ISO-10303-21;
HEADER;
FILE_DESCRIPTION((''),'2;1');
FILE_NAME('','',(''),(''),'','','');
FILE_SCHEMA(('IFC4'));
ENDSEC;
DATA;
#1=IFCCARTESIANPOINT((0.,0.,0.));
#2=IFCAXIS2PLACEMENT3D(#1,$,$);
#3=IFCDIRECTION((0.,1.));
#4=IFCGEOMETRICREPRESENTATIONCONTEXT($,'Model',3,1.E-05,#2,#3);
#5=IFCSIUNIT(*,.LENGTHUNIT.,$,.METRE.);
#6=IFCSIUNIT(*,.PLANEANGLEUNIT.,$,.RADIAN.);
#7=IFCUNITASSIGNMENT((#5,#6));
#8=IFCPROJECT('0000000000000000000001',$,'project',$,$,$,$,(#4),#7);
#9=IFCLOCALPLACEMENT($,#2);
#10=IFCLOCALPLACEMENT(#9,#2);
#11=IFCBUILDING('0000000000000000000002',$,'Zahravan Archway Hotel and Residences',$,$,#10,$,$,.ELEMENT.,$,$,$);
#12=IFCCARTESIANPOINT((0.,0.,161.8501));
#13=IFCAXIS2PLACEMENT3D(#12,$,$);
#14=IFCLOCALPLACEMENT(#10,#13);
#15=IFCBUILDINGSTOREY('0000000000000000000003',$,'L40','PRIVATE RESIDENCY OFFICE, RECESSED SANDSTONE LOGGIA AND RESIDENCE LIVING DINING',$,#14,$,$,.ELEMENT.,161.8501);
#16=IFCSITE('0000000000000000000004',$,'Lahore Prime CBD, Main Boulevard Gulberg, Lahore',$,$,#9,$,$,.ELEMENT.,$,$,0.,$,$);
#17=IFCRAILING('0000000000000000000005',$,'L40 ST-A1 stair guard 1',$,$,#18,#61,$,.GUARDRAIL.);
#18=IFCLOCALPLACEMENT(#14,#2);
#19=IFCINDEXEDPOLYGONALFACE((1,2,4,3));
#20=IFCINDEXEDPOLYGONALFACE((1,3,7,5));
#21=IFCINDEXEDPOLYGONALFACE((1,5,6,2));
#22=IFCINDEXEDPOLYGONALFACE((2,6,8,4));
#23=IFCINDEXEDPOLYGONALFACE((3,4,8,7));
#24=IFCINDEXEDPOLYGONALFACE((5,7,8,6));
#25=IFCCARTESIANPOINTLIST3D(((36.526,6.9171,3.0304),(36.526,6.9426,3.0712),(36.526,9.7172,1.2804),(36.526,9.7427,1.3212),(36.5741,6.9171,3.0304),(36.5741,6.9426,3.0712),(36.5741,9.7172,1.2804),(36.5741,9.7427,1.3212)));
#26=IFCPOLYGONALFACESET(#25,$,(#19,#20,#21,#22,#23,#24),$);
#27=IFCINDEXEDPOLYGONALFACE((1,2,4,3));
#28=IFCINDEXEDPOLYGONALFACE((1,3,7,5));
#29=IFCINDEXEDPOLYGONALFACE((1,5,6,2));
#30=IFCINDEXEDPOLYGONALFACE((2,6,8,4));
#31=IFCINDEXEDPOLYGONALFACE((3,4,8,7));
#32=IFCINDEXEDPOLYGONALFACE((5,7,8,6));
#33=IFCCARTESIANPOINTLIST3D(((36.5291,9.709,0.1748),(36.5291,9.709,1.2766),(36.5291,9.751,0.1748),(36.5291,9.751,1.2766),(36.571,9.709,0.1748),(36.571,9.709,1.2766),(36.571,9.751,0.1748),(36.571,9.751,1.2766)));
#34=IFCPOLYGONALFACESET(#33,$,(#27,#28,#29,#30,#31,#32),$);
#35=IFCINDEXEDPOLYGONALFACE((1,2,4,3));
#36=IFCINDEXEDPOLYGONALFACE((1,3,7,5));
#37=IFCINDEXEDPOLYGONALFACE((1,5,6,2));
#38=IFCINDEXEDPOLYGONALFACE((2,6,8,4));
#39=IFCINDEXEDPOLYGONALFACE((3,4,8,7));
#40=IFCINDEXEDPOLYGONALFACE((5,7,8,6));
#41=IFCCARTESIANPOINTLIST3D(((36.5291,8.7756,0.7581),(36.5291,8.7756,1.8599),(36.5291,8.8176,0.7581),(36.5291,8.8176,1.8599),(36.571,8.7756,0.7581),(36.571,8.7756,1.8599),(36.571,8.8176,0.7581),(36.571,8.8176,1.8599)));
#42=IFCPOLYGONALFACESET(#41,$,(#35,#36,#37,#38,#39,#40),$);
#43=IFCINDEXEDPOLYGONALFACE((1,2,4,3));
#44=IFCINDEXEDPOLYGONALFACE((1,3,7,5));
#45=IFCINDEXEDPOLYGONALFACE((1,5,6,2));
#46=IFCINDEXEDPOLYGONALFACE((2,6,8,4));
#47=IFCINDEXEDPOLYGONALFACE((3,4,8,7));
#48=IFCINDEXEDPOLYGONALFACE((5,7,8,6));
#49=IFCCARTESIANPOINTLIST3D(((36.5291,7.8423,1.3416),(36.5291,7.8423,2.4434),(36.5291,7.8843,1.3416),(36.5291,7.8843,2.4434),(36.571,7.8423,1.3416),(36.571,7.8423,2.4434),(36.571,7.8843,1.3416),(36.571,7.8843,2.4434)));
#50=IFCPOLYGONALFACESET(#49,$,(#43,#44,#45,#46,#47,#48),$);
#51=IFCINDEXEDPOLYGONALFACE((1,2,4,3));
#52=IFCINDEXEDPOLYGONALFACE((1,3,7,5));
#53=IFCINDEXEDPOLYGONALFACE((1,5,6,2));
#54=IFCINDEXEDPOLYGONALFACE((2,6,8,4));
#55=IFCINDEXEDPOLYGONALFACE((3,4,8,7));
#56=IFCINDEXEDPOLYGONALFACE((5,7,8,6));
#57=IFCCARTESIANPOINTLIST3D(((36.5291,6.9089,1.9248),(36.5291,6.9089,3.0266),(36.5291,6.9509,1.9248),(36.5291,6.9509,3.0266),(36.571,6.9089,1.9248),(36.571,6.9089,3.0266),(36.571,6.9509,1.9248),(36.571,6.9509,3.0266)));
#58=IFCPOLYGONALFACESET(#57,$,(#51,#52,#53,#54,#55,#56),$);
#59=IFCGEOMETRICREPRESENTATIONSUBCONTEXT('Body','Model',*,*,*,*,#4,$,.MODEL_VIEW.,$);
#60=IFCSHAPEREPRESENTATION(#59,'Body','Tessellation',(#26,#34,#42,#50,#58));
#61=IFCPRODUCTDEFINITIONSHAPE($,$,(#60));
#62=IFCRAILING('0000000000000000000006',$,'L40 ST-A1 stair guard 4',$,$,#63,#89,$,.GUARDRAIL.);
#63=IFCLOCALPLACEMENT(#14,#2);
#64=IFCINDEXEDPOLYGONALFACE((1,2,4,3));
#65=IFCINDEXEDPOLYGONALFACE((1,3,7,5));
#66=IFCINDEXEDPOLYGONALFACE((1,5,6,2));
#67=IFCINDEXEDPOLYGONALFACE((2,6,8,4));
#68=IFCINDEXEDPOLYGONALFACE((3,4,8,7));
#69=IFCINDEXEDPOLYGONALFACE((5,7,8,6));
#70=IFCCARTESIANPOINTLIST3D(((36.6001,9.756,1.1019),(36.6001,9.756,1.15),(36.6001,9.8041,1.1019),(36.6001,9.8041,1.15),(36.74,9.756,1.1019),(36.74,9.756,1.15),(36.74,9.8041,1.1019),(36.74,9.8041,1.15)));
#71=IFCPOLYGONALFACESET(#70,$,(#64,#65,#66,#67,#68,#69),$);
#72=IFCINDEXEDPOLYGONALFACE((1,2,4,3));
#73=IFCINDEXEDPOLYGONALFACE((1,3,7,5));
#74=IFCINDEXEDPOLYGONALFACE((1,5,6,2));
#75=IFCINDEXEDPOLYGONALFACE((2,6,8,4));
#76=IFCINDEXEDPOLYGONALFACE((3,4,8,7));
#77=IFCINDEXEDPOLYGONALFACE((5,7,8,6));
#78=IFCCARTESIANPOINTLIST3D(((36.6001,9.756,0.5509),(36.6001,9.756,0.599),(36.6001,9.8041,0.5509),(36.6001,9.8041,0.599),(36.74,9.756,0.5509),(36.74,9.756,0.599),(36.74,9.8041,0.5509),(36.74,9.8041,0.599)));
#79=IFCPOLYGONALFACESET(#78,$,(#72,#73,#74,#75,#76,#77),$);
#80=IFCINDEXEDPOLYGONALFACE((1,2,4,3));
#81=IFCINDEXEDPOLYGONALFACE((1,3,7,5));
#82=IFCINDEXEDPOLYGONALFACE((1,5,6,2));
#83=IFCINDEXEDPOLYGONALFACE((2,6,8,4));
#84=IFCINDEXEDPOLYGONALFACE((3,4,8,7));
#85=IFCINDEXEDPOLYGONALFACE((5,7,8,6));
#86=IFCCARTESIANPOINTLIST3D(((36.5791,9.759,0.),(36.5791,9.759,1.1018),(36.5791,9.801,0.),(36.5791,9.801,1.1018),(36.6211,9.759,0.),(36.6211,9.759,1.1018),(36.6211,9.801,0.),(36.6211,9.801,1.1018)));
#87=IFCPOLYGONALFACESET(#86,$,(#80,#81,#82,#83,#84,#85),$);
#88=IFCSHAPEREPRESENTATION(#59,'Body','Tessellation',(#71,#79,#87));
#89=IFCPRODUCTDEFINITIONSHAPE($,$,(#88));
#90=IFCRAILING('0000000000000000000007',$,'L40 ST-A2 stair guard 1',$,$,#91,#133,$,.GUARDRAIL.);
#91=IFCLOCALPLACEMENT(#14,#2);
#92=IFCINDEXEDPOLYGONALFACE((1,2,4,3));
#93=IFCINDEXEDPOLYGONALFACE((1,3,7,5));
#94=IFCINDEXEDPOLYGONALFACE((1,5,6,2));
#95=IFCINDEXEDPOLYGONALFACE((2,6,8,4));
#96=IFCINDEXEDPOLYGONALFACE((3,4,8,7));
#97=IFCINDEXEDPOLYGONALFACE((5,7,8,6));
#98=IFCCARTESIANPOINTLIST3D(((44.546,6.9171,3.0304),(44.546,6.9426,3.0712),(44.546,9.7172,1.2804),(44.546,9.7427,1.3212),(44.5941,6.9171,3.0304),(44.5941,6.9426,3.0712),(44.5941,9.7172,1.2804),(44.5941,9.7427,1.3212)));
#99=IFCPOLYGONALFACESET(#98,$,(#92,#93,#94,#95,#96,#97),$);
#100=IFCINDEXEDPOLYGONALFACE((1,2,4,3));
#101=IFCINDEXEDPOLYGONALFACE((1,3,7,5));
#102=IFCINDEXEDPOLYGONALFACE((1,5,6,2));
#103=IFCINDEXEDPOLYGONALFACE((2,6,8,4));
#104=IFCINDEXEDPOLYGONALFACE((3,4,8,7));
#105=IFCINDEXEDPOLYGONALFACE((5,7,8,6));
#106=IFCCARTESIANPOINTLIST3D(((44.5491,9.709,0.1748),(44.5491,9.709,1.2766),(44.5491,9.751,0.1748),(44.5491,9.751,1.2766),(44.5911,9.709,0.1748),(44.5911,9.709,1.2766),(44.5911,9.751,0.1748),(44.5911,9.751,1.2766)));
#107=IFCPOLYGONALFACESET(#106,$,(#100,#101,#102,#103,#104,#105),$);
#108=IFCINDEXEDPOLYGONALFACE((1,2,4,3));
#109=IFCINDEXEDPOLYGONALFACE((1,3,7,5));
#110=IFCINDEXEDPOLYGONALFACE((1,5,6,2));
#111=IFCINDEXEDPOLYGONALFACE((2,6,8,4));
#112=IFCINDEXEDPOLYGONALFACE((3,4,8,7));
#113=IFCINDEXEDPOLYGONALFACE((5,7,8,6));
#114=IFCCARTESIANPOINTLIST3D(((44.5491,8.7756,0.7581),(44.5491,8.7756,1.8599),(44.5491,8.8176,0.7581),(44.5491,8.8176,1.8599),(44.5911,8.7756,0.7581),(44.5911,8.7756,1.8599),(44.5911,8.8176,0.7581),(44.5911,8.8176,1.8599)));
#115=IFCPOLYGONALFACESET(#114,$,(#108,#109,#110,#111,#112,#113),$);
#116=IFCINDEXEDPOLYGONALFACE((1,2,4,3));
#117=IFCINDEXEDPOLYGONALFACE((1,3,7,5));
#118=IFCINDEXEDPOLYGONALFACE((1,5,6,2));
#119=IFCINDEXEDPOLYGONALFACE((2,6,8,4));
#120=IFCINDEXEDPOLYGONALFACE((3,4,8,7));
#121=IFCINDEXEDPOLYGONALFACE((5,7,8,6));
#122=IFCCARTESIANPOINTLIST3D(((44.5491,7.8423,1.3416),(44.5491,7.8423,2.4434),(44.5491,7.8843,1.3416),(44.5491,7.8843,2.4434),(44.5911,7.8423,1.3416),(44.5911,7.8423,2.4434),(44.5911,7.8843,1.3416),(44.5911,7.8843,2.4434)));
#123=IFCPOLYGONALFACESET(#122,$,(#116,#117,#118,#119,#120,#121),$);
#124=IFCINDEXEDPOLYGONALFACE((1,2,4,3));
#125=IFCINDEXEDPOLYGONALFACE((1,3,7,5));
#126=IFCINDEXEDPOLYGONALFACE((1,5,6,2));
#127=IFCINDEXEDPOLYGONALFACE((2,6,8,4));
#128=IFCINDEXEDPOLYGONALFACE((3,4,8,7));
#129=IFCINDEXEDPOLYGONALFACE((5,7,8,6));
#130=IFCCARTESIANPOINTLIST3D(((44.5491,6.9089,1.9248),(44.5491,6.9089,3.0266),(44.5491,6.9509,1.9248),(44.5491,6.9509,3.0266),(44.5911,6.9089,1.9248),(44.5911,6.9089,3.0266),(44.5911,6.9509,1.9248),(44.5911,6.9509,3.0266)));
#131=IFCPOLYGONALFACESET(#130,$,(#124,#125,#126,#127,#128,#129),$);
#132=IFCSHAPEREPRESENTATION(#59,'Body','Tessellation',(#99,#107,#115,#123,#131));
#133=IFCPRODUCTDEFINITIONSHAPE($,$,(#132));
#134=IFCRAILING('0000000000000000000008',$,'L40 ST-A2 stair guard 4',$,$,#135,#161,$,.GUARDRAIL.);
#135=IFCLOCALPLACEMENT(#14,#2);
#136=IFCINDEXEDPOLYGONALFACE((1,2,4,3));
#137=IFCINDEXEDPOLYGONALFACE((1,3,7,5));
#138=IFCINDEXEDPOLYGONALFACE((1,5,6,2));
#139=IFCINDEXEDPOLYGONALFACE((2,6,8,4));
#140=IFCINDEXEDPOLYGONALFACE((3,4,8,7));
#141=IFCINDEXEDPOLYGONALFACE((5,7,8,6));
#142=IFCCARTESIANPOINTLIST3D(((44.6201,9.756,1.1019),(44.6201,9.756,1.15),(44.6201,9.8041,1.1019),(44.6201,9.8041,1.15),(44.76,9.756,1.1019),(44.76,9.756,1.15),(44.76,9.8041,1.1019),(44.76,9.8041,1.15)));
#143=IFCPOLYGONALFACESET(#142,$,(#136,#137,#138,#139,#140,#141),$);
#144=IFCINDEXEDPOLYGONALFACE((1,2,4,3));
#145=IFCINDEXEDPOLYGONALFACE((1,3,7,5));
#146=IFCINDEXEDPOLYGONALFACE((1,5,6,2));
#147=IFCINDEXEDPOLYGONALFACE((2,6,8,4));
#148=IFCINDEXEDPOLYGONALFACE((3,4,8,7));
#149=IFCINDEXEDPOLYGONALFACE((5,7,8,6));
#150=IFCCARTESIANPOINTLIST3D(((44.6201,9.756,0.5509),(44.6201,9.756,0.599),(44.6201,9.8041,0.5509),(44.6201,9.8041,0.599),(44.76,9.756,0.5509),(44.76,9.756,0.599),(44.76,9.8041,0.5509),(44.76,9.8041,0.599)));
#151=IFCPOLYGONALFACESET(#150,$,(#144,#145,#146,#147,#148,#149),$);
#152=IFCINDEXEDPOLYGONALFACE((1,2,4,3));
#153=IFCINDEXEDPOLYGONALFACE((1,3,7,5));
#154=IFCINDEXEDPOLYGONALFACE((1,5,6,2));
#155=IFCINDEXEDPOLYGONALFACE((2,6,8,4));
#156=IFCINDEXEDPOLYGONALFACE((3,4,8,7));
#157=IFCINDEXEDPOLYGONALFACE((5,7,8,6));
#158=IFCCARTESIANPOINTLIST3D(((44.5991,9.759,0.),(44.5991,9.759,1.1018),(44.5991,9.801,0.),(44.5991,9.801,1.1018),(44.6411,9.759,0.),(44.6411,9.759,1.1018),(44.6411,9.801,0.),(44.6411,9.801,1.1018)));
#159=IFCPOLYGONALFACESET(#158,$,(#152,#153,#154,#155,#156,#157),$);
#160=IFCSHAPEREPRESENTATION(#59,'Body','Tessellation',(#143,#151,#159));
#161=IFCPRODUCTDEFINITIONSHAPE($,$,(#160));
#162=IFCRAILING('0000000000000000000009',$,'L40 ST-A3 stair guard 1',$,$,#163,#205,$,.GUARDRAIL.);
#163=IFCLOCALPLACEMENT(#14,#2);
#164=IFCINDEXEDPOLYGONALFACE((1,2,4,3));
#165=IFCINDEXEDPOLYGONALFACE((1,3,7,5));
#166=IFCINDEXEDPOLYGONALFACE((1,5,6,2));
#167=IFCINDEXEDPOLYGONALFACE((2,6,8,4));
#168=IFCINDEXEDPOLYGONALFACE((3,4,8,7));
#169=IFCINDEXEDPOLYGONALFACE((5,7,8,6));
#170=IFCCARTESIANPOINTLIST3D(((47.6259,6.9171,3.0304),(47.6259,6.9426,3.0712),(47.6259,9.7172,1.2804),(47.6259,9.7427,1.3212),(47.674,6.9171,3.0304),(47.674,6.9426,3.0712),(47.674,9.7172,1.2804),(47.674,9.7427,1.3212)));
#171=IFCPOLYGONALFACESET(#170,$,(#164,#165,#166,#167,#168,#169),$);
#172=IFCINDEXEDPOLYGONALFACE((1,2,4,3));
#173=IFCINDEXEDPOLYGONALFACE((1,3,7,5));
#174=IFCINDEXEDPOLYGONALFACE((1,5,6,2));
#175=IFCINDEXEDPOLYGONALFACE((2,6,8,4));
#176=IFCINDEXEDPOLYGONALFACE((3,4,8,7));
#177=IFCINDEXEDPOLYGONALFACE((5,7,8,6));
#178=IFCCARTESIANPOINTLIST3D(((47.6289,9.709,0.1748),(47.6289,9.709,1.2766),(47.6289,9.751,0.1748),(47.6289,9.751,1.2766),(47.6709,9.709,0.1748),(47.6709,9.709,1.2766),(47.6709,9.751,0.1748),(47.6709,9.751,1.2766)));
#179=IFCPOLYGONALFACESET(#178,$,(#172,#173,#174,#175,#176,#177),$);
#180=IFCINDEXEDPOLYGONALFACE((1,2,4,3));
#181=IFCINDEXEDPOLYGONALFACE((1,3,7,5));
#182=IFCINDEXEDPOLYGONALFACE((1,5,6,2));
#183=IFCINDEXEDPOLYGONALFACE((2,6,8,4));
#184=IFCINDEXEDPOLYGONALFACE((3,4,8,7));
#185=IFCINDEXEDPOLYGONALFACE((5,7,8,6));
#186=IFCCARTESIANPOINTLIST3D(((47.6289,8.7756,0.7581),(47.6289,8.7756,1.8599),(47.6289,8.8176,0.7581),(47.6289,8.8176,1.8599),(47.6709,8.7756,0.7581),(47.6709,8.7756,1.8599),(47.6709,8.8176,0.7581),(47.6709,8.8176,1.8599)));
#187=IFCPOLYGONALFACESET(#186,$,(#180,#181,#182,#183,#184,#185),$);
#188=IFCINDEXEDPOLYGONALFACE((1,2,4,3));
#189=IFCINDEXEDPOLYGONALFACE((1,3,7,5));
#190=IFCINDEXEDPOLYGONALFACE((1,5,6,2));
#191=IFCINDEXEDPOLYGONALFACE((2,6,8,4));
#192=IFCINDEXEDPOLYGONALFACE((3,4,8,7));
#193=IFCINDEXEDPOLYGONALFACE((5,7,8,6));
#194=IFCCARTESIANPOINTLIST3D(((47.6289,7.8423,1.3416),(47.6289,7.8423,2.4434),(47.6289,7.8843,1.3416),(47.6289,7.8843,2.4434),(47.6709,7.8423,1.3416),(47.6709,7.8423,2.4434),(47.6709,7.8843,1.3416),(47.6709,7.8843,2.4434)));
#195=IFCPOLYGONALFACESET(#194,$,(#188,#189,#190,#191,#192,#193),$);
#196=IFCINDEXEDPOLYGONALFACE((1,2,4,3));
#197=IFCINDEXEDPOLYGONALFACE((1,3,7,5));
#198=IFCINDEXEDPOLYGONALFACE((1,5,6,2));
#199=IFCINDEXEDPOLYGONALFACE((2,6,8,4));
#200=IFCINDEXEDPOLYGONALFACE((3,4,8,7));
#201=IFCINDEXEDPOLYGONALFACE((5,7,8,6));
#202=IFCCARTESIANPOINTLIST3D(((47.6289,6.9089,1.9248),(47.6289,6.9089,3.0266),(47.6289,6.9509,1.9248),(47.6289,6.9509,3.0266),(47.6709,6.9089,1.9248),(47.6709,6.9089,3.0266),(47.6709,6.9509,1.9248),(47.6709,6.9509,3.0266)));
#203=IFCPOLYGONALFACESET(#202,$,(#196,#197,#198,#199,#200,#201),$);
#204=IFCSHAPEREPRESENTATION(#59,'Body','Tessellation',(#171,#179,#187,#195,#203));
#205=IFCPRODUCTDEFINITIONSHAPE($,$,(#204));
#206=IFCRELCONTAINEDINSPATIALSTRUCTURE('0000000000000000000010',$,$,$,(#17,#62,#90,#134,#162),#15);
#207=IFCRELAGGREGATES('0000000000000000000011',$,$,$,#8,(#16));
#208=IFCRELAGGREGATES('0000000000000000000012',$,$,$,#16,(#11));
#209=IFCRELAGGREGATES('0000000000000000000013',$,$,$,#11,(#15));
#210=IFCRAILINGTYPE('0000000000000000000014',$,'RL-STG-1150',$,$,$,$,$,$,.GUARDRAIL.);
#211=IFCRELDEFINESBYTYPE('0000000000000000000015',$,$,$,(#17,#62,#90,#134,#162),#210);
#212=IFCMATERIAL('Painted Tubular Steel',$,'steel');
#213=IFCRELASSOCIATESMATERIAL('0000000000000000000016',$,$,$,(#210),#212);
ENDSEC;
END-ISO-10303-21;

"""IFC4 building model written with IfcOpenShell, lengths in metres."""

from ifc_helpers import new_model, si_unit, direction, frame, origin, origin_2d, place, context, subcontext, project, spatial, rectangle, extrude, material, type_object, element, save


model = new_model("IFC4")

# Units and contexts
model_context = context("Model", 3, precision=1e-05, world=origin(), true_north=direction((0.0, 1.0)))
body_context = subcontext(model_context, "Body", "Model", "MODEL_VIEW")
ifc_project = project(units=[si_unit("LENGTHUNIT", "METRE"), si_unit("PLANEANGLEUNIT", "RADIAN")], contexts=[model_context])

# Site, building, storey
site_placement = place(None, origin())
site = spatial("IfcSite", under=ifc_project, at=site_placement, Name="Lahore Prime CBD, Main Boulevard Gulberg, Lahore", CompositionType="ELEMENT", RefElevation=0.0)
building_placement = place(site_placement, origin())
building = spatial("IfcBuilding", under=site, at=building_placement, Name="Zahravan Archway Hotel and Residences", CompositionType="ELEMENT")
storey_placement = place(building_placement, frame((0.0, 0.0, 161.8501)))
storey = spatial("IfcBuildingStorey", under=building, at=storey_placement, Name="L40", Description="PRIVATE RESIDENCY OFFICE, RECESSED SANDSTONE LOGGIA AND RESIDENCE LIVING DINING", CompositionType="ELEMENT", Elevation=161.8501)

# Railings
ifc_material_1 = material(Name="Painted Tubular Steel", Category="steel")
railing_type_1 = type_object("IfcRailingType", Name="RL-STG-1150", PredefinedType="GUARDRAIL", material=ifc_material_1)
railing_1_placement = place(storey_placement, frame((36.55, 9.73, 0.1748)))
element("IfcRailing", 1, at=railing_1_placement, inside=storey, type_object=railing_type_1, Name="L40 ST-A1 stair guard 1", PredefinedType="GUARDRAIL", context=body_context, shape_type="SweptSolid", body=[
    extrude(rectangle(XDim=0.0481, YDim=0.0481, at=origin_2d()), frame((0.0, 0.0, 1.126), z_axis=(0.0, -0.848002, 0.529992), x_axis=(1.0, 0.0, 0.0)), (0.0, 0.0, 1.0), 3.302),
    extrude(rectangle(XDim=0.042, YDim=0.042, at=origin_2d()), origin(), (0.0, 0.0, 1.0), 1.1018),
    extrude(rectangle(XDim=0.042, YDim=0.042, at=origin_2d()), frame((0.0, -0.9333, 0.5833)), (0.0, 0.0, 1.0), 1.1018),
    extrude(rectangle(XDim=0.042, YDim=0.042, at=origin_2d()), frame((0.0, -1.8667, 1.1667)), (0.0, 0.0, 1.0), 1.1018),
    extrude(rectangle(XDim=0.042, YDim=0.042, at=origin_2d()), frame((0.0, -2.8, 1.75)), (0.0, 0.0, 1.0), 1.1018),
])
railing_2_placement = place(storey_placement, frame((36.6001, 9.78, 0.0)))
element("IfcRailing", 2, at=railing_2_placement, inside=storey, type_object=railing_type_1, Name="L40 ST-A1 stair guard 4", PredefinedType="GUARDRAIL", context=body_context, shape_type="SweptSolid", body=[
    extrude(rectangle(XDim=0.0481, YDim=0.0481, at=origin_2d()), frame((0.0, 0.0, 1.126), z_axis=(1.0, 0.0, 0.0), x_axis=(0.0, 1.0, 0.0)), (0.0, 0.0, 1.0), 0.1399),
    extrude(rectangle(XDim=0.0481, YDim=0.0481, at=origin_2d()), frame((0.0, 0.0, 0.575), z_axis=(1.0, 0.0, 0.0), x_axis=(0.0, 1.0, 0.0)), (0.0, 0.0, 1.0), 0.1399),
    extrude(rectangle(XDim=0.042, YDim=0.042, at=origin_2d()), origin(), (0.0, 0.0, 1.0), 1.1018),
])
railing_3_placement = place(storey_placement, frame((44.5701, 9.73, 0.1748)))
element("IfcRailing", 3, at=railing_3_placement, inside=storey, type_object=railing_type_1, Name="L40 ST-A2 stair guard 1", PredefinedType="GUARDRAIL", context=body_context, shape_type="SweptSolid", body=[
    extrude(rectangle(XDim=0.0481, YDim=0.0481, at=origin_2d()), frame((0.0, 0.0, 1.126), z_axis=(0.0, -0.848002, 0.529992), x_axis=(1.0, 0.0, 0.0)), (0.0, 0.0, 1.0), 3.302),
    extrude(rectangle(XDim=0.042, YDim=0.042, at=origin_2d()), origin(), (0.0, 0.0, 1.0), 1.1018),
    extrude(rectangle(XDim=0.042, YDim=0.042, at=origin_2d()), frame((0.0, -0.9333, 0.5833)), (0.0, 0.0, 1.0), 1.1018),
    extrude(rectangle(XDim=0.042, YDim=0.042, at=origin_2d()), frame((0.0, -1.8667, 1.1667)), (0.0, 0.0, 1.0), 1.1018),
    extrude(rectangle(XDim=0.042, YDim=0.042, at=origin_2d()), frame((0.0, -2.8, 1.75)), (0.0, 0.0, 1.0), 1.1018),
])
railing_4_placement = place(storey_placement, frame((44.6201, 9.78, 0.0)))
element("IfcRailing", 4, at=railing_4_placement, inside=storey, type_object=railing_type_1, Name="L40 ST-A2 stair guard 4", PredefinedType="GUARDRAIL", context=body_context, shape_type="SweptSolid", body=[
    extrude(rectangle(XDim=0.0481, YDim=0.0481, at=origin_2d()), frame((0.0, 0.0, 1.126), z_axis=(1.0, 0.0, 0.0), x_axis=(0.0, 1.0, 0.0)), (0.0, 0.0, 1.0), 0.1399),
    extrude(rectangle(XDim=0.0481, YDim=0.0481, at=origin_2d()), frame((0.0, 0.0, 0.575), z_axis=(1.0, 0.0, 0.0), x_axis=(0.0, 1.0, 0.0)), (0.0, 0.0, 1.0), 0.1399),
    extrude(rectangle(XDim=0.042, YDim=0.042, at=origin_2d()), origin(), (0.0, 0.0, 1.0), 1.1018),
])
railing_5_placement = place(storey_placement, frame((47.6499, 9.73, 0.1748)))
element("IfcRailing", 5, at=railing_5_placement, inside=storey, type_object=railing_type_1, Name="L40 ST-A3 stair guard 1", PredefinedType="GUARDRAIL", context=body_context, shape_type="SweptSolid", body=[
    extrude(rectangle(XDim=0.0481, YDim=0.0481, at=origin_2d()), frame((0.0, 0.0, 1.126), z_axis=(0.0, -0.848002, 0.529992), x_axis=(1.0, 0.0, 0.0)), (0.0, 0.0, 1.0), 3.302),
    extrude(rectangle(XDim=0.042, YDim=0.042, at=origin_2d()), origin(), (0.0, 0.0, 1.0), 1.1018),
    extrude(rectangle(XDim=0.042, YDim=0.042, at=origin_2d()), frame((0.0, -0.9333, 0.5833)), (0.0, 0.0, 1.0), 1.1018),
    extrude(rectangle(XDim=0.042, YDim=0.042, at=origin_2d()), frame((0.0, -1.8667, 1.1667)), (0.0, 0.0, 1.0), 1.1018),
    extrude(rectangle(XDim=0.042, YDim=0.042, at=origin_2d()), frame((0.0, -2.8, 1.75)), (0.0, 0.0, 1.0), 1.1018),
])

save(model, "model.ifc")
